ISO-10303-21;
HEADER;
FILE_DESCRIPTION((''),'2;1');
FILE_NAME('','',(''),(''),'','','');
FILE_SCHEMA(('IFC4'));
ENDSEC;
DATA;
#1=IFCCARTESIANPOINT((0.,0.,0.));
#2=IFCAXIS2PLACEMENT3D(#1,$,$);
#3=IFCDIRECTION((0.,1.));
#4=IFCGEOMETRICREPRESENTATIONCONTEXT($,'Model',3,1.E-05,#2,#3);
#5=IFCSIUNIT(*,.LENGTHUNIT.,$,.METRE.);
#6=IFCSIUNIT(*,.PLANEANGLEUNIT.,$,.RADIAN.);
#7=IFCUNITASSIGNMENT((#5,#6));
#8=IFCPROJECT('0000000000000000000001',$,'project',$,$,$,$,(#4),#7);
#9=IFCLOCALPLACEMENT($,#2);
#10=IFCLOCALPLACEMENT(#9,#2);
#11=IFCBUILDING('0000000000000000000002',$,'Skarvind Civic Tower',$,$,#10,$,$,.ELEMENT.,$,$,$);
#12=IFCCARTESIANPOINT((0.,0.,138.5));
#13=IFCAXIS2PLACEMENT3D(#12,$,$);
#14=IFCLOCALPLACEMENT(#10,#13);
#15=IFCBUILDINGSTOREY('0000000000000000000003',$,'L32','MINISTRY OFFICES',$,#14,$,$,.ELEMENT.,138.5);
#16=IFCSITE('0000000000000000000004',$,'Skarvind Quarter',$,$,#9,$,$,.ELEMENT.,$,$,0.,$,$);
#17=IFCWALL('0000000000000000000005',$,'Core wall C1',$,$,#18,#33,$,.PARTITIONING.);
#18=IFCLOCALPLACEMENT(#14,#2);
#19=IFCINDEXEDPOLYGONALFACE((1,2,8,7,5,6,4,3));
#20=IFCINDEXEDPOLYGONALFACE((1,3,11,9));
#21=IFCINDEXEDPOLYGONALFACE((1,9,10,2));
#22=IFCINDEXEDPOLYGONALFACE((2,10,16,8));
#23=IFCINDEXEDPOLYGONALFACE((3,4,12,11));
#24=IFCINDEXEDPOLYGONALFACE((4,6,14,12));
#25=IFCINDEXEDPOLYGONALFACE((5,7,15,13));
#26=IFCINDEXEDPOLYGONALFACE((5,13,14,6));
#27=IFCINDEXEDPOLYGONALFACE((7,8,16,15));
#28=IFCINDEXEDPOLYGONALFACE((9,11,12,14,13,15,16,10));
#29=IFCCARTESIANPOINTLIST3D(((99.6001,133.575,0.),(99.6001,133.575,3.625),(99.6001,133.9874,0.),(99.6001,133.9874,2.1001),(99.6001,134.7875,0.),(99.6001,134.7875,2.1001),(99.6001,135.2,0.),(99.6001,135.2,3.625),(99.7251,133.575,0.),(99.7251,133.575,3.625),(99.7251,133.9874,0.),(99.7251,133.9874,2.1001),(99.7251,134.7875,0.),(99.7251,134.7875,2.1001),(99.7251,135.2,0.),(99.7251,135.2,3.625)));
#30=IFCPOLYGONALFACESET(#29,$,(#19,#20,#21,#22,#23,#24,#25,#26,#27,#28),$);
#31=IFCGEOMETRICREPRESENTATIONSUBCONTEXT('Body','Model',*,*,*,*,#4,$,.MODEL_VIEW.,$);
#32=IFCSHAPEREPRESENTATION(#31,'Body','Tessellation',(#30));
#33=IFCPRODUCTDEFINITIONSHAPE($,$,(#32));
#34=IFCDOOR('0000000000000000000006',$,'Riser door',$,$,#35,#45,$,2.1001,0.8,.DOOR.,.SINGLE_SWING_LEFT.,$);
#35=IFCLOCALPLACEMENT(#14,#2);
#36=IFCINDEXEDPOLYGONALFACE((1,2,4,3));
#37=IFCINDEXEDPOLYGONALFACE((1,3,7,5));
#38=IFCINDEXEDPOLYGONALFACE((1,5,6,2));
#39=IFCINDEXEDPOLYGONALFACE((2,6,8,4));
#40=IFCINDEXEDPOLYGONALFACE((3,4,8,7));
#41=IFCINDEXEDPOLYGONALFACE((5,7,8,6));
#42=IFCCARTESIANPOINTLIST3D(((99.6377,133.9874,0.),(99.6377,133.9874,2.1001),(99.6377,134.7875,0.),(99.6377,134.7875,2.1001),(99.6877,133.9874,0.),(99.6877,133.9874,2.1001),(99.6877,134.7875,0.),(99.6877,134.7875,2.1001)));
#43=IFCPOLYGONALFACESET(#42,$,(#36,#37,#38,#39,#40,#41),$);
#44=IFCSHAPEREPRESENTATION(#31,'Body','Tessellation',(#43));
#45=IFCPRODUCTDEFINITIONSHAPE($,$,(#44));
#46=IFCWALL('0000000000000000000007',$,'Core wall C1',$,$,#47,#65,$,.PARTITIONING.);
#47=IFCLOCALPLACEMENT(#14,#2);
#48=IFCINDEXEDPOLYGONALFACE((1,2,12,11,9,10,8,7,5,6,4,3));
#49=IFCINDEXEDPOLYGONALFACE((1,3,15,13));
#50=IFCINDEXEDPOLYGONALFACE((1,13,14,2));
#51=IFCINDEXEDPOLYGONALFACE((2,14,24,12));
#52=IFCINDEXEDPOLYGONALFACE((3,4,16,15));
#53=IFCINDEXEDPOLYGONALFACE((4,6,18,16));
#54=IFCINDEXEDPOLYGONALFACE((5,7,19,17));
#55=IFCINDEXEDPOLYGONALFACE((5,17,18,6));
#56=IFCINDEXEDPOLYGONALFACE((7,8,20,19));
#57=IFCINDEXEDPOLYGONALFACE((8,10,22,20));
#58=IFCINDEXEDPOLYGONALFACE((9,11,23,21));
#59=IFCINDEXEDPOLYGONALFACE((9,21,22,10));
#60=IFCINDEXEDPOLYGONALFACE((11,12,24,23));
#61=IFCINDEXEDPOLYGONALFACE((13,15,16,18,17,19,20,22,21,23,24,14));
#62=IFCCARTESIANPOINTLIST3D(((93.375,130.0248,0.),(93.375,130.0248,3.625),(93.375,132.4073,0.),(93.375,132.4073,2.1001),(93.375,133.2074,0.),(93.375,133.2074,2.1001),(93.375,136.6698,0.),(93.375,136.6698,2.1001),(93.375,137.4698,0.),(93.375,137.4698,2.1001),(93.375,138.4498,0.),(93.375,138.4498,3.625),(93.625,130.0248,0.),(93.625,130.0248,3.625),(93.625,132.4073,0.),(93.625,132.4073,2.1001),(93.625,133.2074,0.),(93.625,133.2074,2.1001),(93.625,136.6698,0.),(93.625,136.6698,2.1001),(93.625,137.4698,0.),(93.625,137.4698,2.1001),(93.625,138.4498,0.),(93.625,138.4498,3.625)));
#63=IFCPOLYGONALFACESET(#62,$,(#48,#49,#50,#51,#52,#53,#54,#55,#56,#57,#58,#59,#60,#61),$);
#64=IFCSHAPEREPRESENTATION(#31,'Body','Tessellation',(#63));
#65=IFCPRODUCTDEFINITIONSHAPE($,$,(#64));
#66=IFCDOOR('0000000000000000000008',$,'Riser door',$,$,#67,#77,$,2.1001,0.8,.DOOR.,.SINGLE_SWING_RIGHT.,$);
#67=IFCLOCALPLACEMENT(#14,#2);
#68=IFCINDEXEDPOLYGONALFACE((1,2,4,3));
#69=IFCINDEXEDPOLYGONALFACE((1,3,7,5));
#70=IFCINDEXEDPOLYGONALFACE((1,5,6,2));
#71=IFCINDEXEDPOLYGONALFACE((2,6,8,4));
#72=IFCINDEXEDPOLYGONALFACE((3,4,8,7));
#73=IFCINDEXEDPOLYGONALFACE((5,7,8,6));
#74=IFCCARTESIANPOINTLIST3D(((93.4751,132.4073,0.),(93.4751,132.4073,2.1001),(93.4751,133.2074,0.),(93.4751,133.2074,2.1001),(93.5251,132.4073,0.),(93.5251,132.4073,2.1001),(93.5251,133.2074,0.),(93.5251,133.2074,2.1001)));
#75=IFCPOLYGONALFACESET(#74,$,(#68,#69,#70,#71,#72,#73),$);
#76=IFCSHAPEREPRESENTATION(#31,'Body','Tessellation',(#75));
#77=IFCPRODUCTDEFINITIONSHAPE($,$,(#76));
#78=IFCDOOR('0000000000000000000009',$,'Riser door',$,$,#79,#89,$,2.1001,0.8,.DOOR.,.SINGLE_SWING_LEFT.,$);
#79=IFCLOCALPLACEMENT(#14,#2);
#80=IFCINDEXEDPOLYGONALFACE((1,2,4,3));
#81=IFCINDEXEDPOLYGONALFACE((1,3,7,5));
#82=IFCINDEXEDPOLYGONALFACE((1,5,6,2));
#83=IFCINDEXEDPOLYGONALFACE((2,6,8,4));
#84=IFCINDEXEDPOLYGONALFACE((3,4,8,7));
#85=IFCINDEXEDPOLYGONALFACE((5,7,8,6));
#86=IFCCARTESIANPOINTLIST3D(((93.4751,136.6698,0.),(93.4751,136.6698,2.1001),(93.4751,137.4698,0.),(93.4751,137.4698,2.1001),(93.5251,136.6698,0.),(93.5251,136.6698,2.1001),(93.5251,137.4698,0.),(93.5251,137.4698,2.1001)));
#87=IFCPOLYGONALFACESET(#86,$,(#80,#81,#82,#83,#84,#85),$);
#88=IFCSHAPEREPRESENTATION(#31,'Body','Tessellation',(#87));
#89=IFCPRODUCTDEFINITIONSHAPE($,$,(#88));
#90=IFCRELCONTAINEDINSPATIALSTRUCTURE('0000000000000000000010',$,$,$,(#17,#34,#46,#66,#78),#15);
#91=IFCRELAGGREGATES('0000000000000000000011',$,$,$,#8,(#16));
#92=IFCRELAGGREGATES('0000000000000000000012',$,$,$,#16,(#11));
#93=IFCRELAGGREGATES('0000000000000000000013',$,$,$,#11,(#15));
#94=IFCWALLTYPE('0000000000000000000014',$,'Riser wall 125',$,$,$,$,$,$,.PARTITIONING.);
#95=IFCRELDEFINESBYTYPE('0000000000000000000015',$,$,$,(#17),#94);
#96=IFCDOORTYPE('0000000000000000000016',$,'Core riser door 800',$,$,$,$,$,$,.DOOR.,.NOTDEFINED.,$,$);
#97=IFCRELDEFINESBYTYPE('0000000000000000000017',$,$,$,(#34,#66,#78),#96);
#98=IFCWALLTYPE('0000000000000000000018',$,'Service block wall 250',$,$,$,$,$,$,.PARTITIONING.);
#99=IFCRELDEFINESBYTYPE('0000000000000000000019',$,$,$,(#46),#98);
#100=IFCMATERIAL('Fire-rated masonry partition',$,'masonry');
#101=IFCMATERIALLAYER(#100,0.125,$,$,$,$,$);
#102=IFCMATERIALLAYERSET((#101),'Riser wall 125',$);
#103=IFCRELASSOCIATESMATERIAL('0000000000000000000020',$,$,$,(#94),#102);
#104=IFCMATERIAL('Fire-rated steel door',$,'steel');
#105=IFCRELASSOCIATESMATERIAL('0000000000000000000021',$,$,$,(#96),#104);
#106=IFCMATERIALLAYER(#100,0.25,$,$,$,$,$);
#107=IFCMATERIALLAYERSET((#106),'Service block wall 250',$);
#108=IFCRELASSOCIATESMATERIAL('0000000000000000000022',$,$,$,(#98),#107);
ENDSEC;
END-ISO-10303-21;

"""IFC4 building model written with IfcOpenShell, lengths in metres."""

from ifc_helpers import new_model, si_unit, direction, frame, frame_2d, origin, place, context, subcontext, project, spatial, rectangle, extrude, material, layer, layer_set, type_object, element, fill, save


model = new_model("IFC4")

# Units and contexts
model_context = context("Model", 3, precision=1e-05, world=origin(), true_north=direction((0.0, 1.0)))
body_context = subcontext(model_context, "Body", "Model", "MODEL_VIEW")
ifc_project = project(units=[si_unit("LENGTHUNIT", "METRE"), si_unit("PLANEANGLEUNIT", "RADIAN")], contexts=[model_context])

# Site, building, storey
site_placement = place(None, origin())
site = spatial("IfcSite", under=ifc_project, at=site_placement, Name="Skarvind Quarter", CompositionType="ELEMENT", RefElevation=0.0)
building_placement = place(site_placement, origin())
building = spatial("IfcBuilding", under=site, at=building_placement, Name="Skarvind Civic Tower", CompositionType="ELEMENT")
storey_placement = place(building_placement, frame((0.0, 0.0, 138.5)))
storey = spatial("IfcBuildingStorey", under=building, at=storey_placement, Name="L32", Description="MINISTRY OFFICES", CompositionType="ELEMENT", Elevation=138.5)

# Shared definitions
ifc_material_1 = material(Name="Fire-rated masonry partition", Category="masonry")
ifc_material_2 = material(Name="Fire-rated steel door", Category="steel")

# Wall, opening, door
ifc_layer_1 = layer(ifc_material_1, 0.125)
ifc_layer_set_1 = layer_set([ifc_layer_1], Name="Riser wall 125")
wall_type_1 = type_object("IfcWallType", Name="Riser wall 125", PredefinedType="PARTITIONING", material=ifc_layer_set_1)
wall_1_placement = place(storey_placement, frame((99.6626, 133.575, 0.0), z_axis=(0.0, 0.0, 1.0), x_axis=(0.0, 1.0, 0.0)))
wall_1 = element("IfcWall", 1, at=wall_1_placement, inside=storey, type_object=wall_type_1, Name="Core wall C1", PredefinedType="PARTITIONING", context=body_context, shape_type="SweptSolid", body=[
    extrude(rectangle(XDim=1.625, YDim=0.125, at=frame_2d((0.8125, 0.0))), origin(), (0.0, 0.0, 1.0), 3.625),
])
opening_1_placement = place(wall_1_placement, frame((0.4126, 0.0, 0.0)))
opening_1 = element("IfcOpeningElement", 2, at=opening_1_placement, cuts=wall_1, PredefinedType="OPENING", context=body_context, shape_type="SweptSolid", body=[
    extrude(rectangle(XDim=0.8, YDim=2.1001, at=frame_2d((0.3999, 1.05))), frame((0.0, 0.0725, 0.0), z_axis=(0.0, -1.0, 0.0), x_axis=(1.0, 0.0, 0.0)), (0.0, 0.0, 1.0), 0.145),
])
door_type_1 = type_object("IfcDoorType", Name="Core riser door 800", OperationType="NOTDEFINED", PredefinedType="DOOR", material=ifc_material_2)
door_1_placement = place(opening_1_placement, origin())
door_1 = element("IfcDoor", 3, at=door_1_placement, inside=storey, type_object=door_type_1, Name="Riser door", OperationType="SINGLE_SWING_LEFT", OverallHeight=2.1001, OverallWidth=0.8, PredefinedType="DOOR", context=body_context, shape_type="SweptSolid", body=[
    extrude(rectangle(XDim=0.8, YDim=2.1001, at=frame_2d((0.3999, 1.05))), frame((0.0, 0.0249, 0.0), z_axis=(0.0, -1.0, 0.0), x_axis=(1.0, 0.0, 0.0)), (0.0, 0.0, 1.0), 0.05),
])
fill(opening_1, door_1)

# Wall, openings, doors
ifc_layer_2 = layer(ifc_material_1, 0.25)
ifc_layer_set_2 = layer_set([ifc_layer_2], Name="Service block wall 250")
wall_type_2 = type_object("IfcWallType", Name="Service block wall 250", PredefinedType="PARTITIONING", material=ifc_layer_set_2)
wall_2_placement = place(storey_placement, frame((93.5, 130.0249, 0.0), z_axis=(0.0, 0.0, 1.0), x_axis=(0.0, 1.0, 0.0)))
wall_2 = element("IfcWall", 4, at=wall_2_placement, inside=storey, type_object=wall_type_2, Name="Core wall C1", PredefinedType="PARTITIONING", context=body_context, shape_type="SweptSolid", body=[
    extrude(rectangle(XDim=8.425, YDim=0.25, at=frame_2d((4.2124, 0.0))), origin(), (0.0, 0.0, 1.0), 3.625),
])
opening_2_placement = place(wall_2_placement, frame((2.3826, 0.0, 0.0)))
opening_2 = element("IfcOpeningElement", 5, at=opening_2_placement, cuts=wall_2, PredefinedType="OPENING", context=body_context, shape_type="SweptSolid", body=[
    extrude(rectangle(XDim=0.8, YDim=2.1001, at=frame_2d((0.3999, 1.05))), frame((0.0, 0.135, 0.0), z_axis=(0.0, -1.0, 0.0), x_axis=(1.0, 0.0, 0.0)), (0.0, 0.0, 1.0), 0.27),
])
opening_3_placement = place(wall_2_placement, frame((6.645, 0.0, 0.0)))
opening_3 = element("IfcOpeningElement", 6, at=opening_3_placement, cuts=wall_2, PredefinedType="OPENING", context=body_context, shape_type="SweptSolid", body=[
    extrude(rectangle(XDim=0.8, YDim=2.1001, at=frame_2d((0.3999, 1.05))), frame((0.0, 0.135, 0.0), z_axis=(0.0, -1.0, 0.0), x_axis=(1.0, 0.0, 0.0)), (0.0, 0.0, 1.0), 0.27),
])
door_2_placement = place(opening_2_placement, origin())
door_2 = element("IfcDoor", 7, at=door_2_placement, inside=storey, type_object=door_type_1, Name="Riser door", OperationType="SINGLE_SWING_RIGHT", OverallHeight=2.1001, OverallWidth=0.8, PredefinedType="DOOR", context=body_context, shape_type="SweptSolid", body=[
    extrude(rectangle(XDim=0.8, YDim=2.1001, at=frame_2d((0.3999, 1.05))), frame((0.0, 0.0249, 0.0), z_axis=(0.0, -1.0, 0.0), x_axis=(1.0, 0.0, 0.0)), (0.0, 0.0, 1.0), 0.05),
])
fill(opening_2, door_2)
door_3_placement = place(opening_3_placement, origin())
door_3 = element("IfcDoor", 8, at=door_3_placement, inside=storey, type_object=door_type_1, Name="Riser door", OperationType="SINGLE_SWING_LEFT", OverallHeight=2.1001, OverallWidth=0.8, PredefinedType="DOOR", context=body_context, shape_type="SweptSolid", body=[
    extrude(rectangle(XDim=0.8, YDim=2.1001, at=frame_2d((0.3999, 1.05))), frame((0.0, 0.0249, 0.0), z_axis=(0.0, -1.0, 0.0), x_axis=(1.0, 0.0, 0.0)), (0.0, 0.0, 1.0), 0.05),
])
fill(opening_3, door_3)

save(model, "model.ifc")
